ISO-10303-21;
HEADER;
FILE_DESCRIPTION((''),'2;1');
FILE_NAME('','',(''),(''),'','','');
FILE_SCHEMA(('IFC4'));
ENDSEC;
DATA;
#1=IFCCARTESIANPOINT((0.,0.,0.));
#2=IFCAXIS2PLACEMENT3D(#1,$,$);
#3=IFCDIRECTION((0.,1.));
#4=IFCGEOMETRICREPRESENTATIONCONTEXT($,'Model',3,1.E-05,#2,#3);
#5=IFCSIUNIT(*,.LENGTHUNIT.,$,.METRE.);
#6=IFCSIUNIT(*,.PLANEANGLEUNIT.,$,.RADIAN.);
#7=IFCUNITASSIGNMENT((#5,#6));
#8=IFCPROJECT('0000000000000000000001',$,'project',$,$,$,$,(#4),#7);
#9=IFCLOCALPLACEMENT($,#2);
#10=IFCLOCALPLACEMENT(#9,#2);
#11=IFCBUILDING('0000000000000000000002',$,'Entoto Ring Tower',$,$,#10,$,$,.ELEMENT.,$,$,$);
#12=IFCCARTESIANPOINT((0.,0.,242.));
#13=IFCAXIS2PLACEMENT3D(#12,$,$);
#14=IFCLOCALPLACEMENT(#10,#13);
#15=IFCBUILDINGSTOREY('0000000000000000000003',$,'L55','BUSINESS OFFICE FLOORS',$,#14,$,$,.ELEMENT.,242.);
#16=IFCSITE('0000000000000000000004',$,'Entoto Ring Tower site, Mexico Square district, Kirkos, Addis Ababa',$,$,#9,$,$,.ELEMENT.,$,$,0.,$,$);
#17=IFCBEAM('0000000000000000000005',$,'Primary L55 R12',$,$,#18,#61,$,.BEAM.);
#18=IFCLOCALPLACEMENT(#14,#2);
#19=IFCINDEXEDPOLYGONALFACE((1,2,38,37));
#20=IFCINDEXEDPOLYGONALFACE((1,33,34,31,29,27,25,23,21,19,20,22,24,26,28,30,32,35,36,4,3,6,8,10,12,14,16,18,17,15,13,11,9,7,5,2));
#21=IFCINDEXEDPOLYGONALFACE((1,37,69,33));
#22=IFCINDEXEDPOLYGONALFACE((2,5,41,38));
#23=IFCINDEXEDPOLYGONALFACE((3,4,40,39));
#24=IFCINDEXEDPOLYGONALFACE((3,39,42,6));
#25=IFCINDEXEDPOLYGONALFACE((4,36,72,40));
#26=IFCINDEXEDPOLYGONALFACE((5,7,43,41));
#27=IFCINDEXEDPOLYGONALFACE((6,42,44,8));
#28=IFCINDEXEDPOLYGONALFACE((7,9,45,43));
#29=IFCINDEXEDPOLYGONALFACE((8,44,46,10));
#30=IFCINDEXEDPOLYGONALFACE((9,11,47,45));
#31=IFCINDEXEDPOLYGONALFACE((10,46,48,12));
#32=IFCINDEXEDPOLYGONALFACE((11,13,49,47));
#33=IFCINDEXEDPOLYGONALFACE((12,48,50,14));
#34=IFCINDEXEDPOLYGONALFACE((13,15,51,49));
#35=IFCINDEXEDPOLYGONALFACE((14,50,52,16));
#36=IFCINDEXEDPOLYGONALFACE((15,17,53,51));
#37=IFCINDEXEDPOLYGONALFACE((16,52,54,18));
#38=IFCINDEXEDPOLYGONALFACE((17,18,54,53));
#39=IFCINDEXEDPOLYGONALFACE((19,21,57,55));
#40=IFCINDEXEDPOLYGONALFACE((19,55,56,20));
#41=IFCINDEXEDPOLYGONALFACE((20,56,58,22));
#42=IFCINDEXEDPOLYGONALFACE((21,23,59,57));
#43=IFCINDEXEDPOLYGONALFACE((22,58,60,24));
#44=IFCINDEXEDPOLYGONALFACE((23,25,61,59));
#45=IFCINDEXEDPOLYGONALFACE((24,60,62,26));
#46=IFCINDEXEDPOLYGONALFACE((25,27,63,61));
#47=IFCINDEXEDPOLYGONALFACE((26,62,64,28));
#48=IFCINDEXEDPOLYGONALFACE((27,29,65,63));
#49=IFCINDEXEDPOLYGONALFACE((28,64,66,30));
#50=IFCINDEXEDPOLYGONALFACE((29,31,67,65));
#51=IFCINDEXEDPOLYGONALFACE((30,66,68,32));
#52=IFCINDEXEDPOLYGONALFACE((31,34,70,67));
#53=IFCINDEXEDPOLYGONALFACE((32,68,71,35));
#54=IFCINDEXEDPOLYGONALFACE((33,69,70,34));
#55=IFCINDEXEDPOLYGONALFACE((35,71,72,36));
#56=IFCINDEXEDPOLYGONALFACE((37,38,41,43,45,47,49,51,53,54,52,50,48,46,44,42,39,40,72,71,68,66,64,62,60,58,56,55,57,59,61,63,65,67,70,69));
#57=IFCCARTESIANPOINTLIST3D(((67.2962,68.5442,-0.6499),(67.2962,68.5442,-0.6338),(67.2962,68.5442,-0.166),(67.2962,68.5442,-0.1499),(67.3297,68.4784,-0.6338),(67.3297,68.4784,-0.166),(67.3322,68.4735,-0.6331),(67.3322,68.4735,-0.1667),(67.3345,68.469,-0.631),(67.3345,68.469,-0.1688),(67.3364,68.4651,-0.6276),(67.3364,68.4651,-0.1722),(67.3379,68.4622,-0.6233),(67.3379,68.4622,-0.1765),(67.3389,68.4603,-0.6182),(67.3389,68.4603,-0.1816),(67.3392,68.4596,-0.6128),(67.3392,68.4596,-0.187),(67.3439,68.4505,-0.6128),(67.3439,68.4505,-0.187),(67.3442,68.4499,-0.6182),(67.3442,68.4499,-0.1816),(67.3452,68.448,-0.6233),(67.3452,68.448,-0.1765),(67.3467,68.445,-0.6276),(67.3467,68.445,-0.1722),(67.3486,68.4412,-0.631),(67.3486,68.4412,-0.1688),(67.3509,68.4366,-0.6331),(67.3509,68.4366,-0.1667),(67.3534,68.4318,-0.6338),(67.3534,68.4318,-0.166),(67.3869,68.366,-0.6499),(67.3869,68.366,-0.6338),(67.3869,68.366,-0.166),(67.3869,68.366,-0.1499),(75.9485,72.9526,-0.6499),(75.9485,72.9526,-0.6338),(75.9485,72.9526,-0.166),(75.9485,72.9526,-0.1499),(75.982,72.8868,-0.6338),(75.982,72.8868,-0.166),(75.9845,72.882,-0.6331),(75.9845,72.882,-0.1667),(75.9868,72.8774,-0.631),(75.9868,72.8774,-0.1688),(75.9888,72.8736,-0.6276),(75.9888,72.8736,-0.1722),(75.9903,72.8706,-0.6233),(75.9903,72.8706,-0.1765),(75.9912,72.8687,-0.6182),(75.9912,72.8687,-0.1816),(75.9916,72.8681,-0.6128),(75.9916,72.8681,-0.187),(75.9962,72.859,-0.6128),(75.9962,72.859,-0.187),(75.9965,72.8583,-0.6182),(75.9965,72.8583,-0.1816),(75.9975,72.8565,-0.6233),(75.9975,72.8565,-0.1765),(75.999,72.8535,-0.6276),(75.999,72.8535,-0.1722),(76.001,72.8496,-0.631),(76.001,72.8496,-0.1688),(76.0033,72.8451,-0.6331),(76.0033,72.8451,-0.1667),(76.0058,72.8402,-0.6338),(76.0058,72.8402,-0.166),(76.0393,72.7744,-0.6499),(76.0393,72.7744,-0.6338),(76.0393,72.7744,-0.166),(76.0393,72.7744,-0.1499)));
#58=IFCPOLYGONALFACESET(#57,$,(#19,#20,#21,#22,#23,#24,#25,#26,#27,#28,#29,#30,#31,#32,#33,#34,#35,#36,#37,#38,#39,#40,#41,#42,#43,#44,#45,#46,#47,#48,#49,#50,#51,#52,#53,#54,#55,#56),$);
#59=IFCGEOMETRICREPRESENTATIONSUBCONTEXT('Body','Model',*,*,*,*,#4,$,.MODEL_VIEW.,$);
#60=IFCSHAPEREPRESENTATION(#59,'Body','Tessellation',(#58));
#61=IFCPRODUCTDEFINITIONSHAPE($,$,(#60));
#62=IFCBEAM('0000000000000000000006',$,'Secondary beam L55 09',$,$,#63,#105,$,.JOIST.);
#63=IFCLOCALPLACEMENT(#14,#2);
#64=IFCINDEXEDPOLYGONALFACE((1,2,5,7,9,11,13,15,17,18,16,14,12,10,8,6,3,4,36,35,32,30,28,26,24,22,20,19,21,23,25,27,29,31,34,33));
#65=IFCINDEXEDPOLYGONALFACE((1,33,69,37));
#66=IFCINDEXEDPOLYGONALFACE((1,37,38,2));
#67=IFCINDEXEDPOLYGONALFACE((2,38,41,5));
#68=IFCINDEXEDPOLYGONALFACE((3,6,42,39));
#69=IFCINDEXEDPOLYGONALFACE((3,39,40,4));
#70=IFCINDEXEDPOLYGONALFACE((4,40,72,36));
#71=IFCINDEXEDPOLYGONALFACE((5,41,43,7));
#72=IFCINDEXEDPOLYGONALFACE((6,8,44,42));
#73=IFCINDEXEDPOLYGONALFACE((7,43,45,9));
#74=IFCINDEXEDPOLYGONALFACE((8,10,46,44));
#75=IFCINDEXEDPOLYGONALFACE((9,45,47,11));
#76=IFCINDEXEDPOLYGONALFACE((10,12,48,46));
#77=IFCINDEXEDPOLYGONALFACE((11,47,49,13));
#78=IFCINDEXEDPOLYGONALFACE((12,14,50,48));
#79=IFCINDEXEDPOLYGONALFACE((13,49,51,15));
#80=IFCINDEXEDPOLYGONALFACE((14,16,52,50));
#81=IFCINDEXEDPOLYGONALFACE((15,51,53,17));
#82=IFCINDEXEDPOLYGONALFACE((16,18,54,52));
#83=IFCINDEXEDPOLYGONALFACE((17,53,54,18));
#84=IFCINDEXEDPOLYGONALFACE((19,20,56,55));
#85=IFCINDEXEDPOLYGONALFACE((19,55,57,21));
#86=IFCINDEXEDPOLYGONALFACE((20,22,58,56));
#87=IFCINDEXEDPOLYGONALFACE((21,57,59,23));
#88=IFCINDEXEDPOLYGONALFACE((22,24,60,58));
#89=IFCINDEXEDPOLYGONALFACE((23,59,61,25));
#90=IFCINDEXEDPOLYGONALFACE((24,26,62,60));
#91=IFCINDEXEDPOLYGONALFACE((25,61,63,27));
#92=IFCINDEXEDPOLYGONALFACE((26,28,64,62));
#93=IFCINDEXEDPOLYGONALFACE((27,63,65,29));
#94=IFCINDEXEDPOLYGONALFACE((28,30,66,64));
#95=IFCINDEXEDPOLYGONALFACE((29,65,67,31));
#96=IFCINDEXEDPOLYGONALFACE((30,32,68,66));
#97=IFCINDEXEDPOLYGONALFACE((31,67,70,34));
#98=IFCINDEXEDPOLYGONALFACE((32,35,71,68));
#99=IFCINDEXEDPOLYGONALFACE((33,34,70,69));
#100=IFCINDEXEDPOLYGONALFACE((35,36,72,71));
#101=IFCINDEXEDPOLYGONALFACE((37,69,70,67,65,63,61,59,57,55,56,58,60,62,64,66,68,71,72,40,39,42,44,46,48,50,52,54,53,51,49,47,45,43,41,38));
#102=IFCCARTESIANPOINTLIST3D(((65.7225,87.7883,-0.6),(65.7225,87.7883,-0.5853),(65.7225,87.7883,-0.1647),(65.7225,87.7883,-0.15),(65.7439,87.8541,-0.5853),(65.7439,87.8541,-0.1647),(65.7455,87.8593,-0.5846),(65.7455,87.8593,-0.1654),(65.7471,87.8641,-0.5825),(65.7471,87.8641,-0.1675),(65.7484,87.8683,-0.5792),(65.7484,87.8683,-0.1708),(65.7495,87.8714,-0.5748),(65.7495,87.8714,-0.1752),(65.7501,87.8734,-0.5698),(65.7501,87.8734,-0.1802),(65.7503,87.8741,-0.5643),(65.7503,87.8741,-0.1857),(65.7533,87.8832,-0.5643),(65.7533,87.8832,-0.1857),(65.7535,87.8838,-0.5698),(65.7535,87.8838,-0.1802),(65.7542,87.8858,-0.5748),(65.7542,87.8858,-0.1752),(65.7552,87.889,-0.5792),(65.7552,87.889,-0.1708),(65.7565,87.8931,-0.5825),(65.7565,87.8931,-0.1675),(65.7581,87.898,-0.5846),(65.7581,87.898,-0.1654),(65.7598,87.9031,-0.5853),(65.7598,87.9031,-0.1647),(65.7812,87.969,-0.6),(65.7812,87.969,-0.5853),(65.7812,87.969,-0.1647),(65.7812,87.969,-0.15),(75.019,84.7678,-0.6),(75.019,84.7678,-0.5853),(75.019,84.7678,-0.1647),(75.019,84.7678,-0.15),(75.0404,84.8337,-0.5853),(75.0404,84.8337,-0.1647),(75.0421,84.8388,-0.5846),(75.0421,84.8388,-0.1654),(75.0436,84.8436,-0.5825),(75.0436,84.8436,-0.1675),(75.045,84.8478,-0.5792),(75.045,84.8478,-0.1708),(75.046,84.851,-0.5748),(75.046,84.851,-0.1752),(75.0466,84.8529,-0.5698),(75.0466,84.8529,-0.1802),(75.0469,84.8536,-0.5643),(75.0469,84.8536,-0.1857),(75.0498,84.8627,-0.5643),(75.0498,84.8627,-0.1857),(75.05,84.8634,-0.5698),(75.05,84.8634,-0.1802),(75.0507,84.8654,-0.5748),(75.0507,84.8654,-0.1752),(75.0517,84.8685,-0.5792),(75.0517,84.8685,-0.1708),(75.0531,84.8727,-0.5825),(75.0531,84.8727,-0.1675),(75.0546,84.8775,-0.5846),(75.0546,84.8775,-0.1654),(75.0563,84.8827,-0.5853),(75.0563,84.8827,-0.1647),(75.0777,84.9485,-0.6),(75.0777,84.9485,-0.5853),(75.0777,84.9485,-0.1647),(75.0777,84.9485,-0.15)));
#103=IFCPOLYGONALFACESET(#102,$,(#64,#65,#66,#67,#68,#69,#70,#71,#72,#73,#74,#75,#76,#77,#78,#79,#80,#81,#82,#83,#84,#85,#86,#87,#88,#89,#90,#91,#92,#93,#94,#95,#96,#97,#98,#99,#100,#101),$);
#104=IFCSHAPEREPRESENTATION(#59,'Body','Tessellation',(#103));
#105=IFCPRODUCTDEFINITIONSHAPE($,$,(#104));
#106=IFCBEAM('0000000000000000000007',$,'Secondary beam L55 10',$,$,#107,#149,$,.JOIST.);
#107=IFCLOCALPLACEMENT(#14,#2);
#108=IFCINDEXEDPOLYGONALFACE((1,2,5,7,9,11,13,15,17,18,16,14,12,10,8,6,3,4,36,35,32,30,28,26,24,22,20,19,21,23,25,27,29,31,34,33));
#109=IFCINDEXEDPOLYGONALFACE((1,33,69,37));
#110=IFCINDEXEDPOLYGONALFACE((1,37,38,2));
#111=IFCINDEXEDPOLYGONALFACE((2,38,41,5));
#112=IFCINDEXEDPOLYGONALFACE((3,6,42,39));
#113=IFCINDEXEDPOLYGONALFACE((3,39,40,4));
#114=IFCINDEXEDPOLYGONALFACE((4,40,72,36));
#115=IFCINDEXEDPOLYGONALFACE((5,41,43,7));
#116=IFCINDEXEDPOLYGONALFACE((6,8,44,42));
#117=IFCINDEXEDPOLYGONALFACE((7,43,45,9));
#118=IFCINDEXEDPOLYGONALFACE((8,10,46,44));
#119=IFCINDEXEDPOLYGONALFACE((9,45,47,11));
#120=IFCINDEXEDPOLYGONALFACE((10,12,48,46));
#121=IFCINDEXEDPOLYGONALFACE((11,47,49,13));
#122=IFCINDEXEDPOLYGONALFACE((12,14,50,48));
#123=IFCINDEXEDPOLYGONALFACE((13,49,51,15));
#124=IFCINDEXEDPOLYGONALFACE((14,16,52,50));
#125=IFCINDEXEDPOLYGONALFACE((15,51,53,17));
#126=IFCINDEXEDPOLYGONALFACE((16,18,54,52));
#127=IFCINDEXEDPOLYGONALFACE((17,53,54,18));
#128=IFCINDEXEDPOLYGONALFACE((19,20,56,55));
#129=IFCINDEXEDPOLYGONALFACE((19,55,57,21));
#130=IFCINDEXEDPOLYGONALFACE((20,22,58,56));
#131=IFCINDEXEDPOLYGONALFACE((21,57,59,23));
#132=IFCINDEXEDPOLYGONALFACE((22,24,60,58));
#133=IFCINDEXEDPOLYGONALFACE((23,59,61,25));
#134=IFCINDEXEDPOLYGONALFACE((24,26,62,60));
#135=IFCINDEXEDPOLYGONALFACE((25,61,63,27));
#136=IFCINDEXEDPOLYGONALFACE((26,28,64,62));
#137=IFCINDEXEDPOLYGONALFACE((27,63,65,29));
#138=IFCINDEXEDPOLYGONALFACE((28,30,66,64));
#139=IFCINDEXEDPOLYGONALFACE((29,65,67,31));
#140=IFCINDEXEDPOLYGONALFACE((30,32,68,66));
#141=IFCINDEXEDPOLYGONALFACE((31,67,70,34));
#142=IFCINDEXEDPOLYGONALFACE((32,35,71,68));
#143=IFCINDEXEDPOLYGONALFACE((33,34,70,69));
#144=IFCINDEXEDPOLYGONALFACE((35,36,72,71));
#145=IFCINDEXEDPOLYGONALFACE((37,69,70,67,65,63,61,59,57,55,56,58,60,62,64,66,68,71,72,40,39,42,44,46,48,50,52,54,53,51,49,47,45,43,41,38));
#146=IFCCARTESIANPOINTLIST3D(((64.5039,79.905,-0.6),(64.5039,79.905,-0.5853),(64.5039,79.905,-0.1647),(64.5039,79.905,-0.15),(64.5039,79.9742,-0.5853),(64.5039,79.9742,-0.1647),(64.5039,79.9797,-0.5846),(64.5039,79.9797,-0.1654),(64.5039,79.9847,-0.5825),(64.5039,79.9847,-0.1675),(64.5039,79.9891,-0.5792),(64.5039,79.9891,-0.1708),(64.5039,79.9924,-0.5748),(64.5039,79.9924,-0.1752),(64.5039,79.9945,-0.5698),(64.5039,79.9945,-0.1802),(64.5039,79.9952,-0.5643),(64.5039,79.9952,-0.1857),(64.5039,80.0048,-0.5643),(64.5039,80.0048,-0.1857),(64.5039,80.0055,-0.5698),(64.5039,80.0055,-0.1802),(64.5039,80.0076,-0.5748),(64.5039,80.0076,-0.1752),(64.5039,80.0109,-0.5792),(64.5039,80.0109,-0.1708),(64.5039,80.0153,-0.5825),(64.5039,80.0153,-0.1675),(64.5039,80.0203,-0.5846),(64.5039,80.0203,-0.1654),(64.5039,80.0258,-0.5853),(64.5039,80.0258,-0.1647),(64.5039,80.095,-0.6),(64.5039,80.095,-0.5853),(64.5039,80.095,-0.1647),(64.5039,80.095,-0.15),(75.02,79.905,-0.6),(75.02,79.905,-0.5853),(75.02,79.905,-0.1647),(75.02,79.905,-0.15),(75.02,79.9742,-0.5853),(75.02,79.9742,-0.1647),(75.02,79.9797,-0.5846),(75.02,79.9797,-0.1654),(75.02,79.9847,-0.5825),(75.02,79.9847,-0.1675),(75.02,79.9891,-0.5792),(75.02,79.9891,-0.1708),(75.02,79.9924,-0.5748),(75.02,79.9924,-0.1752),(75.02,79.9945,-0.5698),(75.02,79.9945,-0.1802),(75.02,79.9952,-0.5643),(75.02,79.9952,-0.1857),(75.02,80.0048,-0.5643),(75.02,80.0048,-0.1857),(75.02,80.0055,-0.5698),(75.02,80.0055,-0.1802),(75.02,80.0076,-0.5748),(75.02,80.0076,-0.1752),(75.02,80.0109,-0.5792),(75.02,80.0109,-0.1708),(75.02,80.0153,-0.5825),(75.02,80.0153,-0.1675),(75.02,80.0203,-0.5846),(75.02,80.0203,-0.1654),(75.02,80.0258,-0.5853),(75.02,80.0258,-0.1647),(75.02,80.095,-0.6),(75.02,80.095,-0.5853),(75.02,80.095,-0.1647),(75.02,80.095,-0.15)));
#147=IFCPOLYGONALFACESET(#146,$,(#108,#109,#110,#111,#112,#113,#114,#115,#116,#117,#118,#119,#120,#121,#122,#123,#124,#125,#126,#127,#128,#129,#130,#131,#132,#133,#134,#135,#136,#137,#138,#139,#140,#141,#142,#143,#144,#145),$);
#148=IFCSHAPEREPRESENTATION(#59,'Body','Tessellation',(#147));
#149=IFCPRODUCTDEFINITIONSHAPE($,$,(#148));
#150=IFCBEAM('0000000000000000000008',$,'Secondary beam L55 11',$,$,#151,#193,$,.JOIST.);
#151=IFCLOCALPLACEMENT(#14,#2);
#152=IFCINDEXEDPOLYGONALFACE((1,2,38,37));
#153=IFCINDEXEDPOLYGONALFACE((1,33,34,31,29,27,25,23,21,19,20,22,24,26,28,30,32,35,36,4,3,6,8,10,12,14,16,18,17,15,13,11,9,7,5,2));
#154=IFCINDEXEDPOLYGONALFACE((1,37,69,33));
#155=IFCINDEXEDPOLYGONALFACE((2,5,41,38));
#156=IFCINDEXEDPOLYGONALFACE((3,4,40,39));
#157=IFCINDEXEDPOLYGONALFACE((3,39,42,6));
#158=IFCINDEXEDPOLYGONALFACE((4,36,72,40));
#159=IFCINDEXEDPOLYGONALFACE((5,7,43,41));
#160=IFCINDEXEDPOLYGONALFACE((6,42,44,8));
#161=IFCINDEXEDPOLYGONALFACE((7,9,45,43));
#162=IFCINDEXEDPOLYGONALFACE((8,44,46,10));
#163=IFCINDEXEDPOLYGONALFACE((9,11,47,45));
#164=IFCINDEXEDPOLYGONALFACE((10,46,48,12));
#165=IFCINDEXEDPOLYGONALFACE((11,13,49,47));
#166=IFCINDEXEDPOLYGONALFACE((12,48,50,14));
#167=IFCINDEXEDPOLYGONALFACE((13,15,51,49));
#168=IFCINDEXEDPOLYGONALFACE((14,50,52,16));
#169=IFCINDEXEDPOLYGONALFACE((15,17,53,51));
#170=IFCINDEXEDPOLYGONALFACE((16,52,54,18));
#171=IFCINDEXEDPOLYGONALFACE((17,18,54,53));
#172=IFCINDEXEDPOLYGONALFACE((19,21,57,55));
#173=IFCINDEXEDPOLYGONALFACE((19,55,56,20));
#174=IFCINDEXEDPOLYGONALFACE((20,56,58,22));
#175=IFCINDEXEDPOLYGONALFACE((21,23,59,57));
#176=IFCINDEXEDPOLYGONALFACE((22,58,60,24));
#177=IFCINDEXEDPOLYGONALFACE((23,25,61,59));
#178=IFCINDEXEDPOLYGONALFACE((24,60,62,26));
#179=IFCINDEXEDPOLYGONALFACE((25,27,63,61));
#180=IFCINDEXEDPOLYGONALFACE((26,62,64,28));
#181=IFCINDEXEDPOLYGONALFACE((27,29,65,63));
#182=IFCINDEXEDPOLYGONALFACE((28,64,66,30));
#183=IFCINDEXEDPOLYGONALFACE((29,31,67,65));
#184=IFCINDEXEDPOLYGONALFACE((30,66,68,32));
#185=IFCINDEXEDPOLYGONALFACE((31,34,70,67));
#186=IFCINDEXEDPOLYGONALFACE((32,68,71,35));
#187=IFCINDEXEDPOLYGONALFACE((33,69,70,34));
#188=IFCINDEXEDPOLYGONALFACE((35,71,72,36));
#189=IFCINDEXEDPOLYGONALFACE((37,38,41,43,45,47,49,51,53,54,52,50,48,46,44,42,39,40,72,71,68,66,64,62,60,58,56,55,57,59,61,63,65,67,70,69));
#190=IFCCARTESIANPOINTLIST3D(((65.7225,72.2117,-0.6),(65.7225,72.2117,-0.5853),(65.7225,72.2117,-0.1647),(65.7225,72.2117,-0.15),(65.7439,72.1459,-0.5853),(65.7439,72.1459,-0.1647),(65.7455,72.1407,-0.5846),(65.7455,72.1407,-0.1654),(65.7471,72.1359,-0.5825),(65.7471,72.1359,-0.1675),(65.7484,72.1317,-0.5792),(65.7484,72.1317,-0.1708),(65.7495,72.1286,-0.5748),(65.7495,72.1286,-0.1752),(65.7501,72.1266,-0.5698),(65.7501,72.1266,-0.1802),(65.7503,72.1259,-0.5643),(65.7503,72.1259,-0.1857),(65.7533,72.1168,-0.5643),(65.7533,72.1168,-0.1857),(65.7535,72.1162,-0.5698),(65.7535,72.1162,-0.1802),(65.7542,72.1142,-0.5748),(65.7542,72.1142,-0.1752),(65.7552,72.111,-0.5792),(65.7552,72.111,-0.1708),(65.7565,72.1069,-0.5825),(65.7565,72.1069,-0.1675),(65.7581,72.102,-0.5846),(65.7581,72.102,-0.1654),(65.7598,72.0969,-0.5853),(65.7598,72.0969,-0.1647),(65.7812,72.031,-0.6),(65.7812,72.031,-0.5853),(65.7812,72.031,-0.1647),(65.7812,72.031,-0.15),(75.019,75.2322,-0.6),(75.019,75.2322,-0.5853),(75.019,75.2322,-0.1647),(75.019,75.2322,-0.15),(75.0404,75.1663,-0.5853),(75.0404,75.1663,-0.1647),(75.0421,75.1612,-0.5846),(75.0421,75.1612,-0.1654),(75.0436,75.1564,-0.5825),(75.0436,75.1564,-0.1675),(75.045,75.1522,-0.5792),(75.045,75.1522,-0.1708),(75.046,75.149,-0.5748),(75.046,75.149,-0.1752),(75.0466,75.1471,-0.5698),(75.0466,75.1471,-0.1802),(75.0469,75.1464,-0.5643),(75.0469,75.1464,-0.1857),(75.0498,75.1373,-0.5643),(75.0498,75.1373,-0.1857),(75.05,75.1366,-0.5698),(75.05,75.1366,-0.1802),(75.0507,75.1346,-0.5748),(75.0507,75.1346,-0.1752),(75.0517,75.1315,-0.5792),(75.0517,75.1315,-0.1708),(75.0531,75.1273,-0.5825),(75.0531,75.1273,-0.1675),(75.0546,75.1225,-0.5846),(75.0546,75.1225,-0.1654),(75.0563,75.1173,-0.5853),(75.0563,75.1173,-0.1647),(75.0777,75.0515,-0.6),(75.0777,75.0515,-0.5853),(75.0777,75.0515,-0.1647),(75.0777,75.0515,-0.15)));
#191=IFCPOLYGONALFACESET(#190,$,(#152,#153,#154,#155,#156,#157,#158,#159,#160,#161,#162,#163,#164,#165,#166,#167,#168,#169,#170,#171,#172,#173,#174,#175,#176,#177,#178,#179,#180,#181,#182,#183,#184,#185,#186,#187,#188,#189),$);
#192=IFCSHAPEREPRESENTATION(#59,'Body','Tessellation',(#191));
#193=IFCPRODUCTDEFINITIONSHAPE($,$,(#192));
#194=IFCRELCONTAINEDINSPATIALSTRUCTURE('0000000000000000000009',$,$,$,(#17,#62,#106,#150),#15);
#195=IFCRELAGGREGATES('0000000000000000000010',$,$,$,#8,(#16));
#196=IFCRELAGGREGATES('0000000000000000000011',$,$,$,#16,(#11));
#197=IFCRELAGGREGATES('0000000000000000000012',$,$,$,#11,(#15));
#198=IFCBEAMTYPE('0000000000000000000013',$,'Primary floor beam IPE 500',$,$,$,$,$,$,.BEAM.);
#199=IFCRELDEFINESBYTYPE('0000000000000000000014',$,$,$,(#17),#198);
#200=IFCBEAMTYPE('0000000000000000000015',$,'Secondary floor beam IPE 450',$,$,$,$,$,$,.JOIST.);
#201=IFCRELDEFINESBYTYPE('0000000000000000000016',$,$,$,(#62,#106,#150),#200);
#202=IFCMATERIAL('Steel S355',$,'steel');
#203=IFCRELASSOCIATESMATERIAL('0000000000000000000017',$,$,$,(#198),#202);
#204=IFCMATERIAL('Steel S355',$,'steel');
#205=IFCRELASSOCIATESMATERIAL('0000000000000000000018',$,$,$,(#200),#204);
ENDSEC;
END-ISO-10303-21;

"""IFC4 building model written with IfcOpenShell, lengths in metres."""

from ifc_helpers import new_model, si_unit, direction, frame, origin, origin_2d, place, context, subcontext, project, spatial, i_section, extrude, material, material_profile, profile_set, type_object, element, save


model = new_model("IFC4")

# Units and contexts
model_context = context("Model", 3, precision=1e-05, world=origin(), true_north=direction((0.0, 1.0)))
body_context = subcontext(model_context, "Body", "Model", "MODEL_VIEW")
ifc_project = project(units=[si_unit("LENGTHUNIT", "METRE"), si_unit("PLANEANGLEUNIT", "RADIAN")], contexts=[model_context])

# Site, building, storey
site_placement = place(None, origin())
site = spatial("IfcSite", under=ifc_project, at=site_placement, Name="Entoto Ring Tower site, Mexico Square district, Kirkos, Addis Ababa", CompositionType="ELEMENT", RefElevation=0.0)
building_placement = place(site_placement, origin())
building = spatial("IfcBuilding", under=site, at=building_placement, Name="Entoto Ring Tower", CompositionType="ELEMENT")
storey_placement = place(building_placement, frame((0.0, 0.0, 242.0)))
storey = spatial("IfcBuildingStorey", under=building, at=storey_placement, Name="L55", Description="BUSINESS OFFICE FLOORS", CompositionType="ELEMENT", Elevation=242.0)

# Beams
ifc_material_1 = material(Name="Steel S355", Category="steel")
ifc_material_profile_1 = material_profile(ifc_material_1, i_section(OverallWidth=0.2, OverallDepth=0.5, WebThickness=0.0103, FlangeThickness=0.0161, FilletRadius=0.021, at=origin_2d()), Name="IPE 500")
ifc_profile_set_1 = profile_set([ifc_material_profile_1], Name="Steel S355")
beam_type_1 = type_object("IfcBeamType", Name="Primary floor beam IPE 500", PredefinedType="BEAM", material=ifc_profile_set_1)
beam_1_placement = place(storey_placement, frame((75.9939, 72.8635, -0.3999), z_axis=(-0.891012, -0.453979, 0.0), x_axis=(0.453979, -0.891012, 0.0)))
element("IfcBeam", 1, at=beam_1_placement, inside=storey, type_object=beam_type_1, Name="Primary L55 R12", PredefinedType="BEAM", context=body_context, shape_type="SweptSolid", body=[
    extrude(i_section(OverallWidth=0.2, OverallDepth=0.5, WebThickness=0.0103, FlangeThickness=0.0161, FilletRadius=0.021, at=origin_2d()), origin(), (0.0, 0.0, 1.0), 9.7107),
])
ifc_material_2 = material(Name="Steel S355", Category="steel")
ifc_material_profile_2 = material_profile(ifc_material_2, i_section(OverallWidth=0.1899, OverallDepth=0.45, WebThickness=0.0095, FlangeThickness=0.0146, FilletRadius=0.021, at=origin_2d()), Name="IPE 450")
ifc_profile_set_2 = profile_set([ifc_material_profile_2], Name="Steel S355")
beam_type_2 = type_object("IfcBeamType", Name="Secondary floor beam IPE 450", PredefinedType="JOIST", material=ifc_profile_set_2)
beam_2_placement = place(storey_placement, frame((75.0483, 84.8582, -0.375), z_axis=(-0.951061, 0.309003, 0.0), x_axis=(-0.309003, -0.951061, 0.0)))
element("IfcBeam", 2, at=beam_2_placement, inside=storey, type_object=beam_type_2, Name="Secondary beam L55 09", PredefinedType="JOIST", context=body_context, shape_type="SweptSolid", body=[
    extrude(i_section(OverallWidth=0.1899, OverallDepth=0.45, WebThickness=0.0095, FlangeThickness=0.0146, FilletRadius=0.021, at=origin_2d()), origin(), (0.0, 0.0, 1.0), 9.7749),
])
beam_3_placement = place(storey_placement, frame((75.02, 80.0, -0.375), z_axis=(-1.0, 0.0, 0.0), x_axis=(0.0, -1.0, 0.0)))
element("IfcBeam", 3, at=beam_3_placement, inside=storey, type_object=beam_type_2, Name="Secondary beam L55 10", PredefinedType="JOIST", context=body_context, shape_type="SweptSolid", body=[
    extrude(i_section(OverallWidth=0.1899, OverallDepth=0.45, WebThickness=0.0095, FlangeThickness=0.0146, FilletRadius=0.021, at=origin_2d()), origin(), (0.0, 0.0, 1.0), 10.5161),
])
beam_4_placement = place(storey_placement, frame((75.0483, 75.1418, -0.375), z_axis=(-0.951061, -0.309003, 0.0), x_axis=(0.309003, -0.951061, 0.0)))
element("IfcBeam", 4, at=beam_4_placement, inside=storey, type_object=beam_type_2, Name="Secondary beam L55 11", PredefinedType="JOIST", context=body_context, shape_type="SweptSolid", body=[
    extrude(i_section(OverallWidth=0.1899, OverallDepth=0.45, WebThickness=0.0095, FlangeThickness=0.0146, FilletRadius=0.021, at=origin_2d()), origin(), (0.0, 0.0, 1.0), 9.7749),
])

save(model, "model.ifc")
